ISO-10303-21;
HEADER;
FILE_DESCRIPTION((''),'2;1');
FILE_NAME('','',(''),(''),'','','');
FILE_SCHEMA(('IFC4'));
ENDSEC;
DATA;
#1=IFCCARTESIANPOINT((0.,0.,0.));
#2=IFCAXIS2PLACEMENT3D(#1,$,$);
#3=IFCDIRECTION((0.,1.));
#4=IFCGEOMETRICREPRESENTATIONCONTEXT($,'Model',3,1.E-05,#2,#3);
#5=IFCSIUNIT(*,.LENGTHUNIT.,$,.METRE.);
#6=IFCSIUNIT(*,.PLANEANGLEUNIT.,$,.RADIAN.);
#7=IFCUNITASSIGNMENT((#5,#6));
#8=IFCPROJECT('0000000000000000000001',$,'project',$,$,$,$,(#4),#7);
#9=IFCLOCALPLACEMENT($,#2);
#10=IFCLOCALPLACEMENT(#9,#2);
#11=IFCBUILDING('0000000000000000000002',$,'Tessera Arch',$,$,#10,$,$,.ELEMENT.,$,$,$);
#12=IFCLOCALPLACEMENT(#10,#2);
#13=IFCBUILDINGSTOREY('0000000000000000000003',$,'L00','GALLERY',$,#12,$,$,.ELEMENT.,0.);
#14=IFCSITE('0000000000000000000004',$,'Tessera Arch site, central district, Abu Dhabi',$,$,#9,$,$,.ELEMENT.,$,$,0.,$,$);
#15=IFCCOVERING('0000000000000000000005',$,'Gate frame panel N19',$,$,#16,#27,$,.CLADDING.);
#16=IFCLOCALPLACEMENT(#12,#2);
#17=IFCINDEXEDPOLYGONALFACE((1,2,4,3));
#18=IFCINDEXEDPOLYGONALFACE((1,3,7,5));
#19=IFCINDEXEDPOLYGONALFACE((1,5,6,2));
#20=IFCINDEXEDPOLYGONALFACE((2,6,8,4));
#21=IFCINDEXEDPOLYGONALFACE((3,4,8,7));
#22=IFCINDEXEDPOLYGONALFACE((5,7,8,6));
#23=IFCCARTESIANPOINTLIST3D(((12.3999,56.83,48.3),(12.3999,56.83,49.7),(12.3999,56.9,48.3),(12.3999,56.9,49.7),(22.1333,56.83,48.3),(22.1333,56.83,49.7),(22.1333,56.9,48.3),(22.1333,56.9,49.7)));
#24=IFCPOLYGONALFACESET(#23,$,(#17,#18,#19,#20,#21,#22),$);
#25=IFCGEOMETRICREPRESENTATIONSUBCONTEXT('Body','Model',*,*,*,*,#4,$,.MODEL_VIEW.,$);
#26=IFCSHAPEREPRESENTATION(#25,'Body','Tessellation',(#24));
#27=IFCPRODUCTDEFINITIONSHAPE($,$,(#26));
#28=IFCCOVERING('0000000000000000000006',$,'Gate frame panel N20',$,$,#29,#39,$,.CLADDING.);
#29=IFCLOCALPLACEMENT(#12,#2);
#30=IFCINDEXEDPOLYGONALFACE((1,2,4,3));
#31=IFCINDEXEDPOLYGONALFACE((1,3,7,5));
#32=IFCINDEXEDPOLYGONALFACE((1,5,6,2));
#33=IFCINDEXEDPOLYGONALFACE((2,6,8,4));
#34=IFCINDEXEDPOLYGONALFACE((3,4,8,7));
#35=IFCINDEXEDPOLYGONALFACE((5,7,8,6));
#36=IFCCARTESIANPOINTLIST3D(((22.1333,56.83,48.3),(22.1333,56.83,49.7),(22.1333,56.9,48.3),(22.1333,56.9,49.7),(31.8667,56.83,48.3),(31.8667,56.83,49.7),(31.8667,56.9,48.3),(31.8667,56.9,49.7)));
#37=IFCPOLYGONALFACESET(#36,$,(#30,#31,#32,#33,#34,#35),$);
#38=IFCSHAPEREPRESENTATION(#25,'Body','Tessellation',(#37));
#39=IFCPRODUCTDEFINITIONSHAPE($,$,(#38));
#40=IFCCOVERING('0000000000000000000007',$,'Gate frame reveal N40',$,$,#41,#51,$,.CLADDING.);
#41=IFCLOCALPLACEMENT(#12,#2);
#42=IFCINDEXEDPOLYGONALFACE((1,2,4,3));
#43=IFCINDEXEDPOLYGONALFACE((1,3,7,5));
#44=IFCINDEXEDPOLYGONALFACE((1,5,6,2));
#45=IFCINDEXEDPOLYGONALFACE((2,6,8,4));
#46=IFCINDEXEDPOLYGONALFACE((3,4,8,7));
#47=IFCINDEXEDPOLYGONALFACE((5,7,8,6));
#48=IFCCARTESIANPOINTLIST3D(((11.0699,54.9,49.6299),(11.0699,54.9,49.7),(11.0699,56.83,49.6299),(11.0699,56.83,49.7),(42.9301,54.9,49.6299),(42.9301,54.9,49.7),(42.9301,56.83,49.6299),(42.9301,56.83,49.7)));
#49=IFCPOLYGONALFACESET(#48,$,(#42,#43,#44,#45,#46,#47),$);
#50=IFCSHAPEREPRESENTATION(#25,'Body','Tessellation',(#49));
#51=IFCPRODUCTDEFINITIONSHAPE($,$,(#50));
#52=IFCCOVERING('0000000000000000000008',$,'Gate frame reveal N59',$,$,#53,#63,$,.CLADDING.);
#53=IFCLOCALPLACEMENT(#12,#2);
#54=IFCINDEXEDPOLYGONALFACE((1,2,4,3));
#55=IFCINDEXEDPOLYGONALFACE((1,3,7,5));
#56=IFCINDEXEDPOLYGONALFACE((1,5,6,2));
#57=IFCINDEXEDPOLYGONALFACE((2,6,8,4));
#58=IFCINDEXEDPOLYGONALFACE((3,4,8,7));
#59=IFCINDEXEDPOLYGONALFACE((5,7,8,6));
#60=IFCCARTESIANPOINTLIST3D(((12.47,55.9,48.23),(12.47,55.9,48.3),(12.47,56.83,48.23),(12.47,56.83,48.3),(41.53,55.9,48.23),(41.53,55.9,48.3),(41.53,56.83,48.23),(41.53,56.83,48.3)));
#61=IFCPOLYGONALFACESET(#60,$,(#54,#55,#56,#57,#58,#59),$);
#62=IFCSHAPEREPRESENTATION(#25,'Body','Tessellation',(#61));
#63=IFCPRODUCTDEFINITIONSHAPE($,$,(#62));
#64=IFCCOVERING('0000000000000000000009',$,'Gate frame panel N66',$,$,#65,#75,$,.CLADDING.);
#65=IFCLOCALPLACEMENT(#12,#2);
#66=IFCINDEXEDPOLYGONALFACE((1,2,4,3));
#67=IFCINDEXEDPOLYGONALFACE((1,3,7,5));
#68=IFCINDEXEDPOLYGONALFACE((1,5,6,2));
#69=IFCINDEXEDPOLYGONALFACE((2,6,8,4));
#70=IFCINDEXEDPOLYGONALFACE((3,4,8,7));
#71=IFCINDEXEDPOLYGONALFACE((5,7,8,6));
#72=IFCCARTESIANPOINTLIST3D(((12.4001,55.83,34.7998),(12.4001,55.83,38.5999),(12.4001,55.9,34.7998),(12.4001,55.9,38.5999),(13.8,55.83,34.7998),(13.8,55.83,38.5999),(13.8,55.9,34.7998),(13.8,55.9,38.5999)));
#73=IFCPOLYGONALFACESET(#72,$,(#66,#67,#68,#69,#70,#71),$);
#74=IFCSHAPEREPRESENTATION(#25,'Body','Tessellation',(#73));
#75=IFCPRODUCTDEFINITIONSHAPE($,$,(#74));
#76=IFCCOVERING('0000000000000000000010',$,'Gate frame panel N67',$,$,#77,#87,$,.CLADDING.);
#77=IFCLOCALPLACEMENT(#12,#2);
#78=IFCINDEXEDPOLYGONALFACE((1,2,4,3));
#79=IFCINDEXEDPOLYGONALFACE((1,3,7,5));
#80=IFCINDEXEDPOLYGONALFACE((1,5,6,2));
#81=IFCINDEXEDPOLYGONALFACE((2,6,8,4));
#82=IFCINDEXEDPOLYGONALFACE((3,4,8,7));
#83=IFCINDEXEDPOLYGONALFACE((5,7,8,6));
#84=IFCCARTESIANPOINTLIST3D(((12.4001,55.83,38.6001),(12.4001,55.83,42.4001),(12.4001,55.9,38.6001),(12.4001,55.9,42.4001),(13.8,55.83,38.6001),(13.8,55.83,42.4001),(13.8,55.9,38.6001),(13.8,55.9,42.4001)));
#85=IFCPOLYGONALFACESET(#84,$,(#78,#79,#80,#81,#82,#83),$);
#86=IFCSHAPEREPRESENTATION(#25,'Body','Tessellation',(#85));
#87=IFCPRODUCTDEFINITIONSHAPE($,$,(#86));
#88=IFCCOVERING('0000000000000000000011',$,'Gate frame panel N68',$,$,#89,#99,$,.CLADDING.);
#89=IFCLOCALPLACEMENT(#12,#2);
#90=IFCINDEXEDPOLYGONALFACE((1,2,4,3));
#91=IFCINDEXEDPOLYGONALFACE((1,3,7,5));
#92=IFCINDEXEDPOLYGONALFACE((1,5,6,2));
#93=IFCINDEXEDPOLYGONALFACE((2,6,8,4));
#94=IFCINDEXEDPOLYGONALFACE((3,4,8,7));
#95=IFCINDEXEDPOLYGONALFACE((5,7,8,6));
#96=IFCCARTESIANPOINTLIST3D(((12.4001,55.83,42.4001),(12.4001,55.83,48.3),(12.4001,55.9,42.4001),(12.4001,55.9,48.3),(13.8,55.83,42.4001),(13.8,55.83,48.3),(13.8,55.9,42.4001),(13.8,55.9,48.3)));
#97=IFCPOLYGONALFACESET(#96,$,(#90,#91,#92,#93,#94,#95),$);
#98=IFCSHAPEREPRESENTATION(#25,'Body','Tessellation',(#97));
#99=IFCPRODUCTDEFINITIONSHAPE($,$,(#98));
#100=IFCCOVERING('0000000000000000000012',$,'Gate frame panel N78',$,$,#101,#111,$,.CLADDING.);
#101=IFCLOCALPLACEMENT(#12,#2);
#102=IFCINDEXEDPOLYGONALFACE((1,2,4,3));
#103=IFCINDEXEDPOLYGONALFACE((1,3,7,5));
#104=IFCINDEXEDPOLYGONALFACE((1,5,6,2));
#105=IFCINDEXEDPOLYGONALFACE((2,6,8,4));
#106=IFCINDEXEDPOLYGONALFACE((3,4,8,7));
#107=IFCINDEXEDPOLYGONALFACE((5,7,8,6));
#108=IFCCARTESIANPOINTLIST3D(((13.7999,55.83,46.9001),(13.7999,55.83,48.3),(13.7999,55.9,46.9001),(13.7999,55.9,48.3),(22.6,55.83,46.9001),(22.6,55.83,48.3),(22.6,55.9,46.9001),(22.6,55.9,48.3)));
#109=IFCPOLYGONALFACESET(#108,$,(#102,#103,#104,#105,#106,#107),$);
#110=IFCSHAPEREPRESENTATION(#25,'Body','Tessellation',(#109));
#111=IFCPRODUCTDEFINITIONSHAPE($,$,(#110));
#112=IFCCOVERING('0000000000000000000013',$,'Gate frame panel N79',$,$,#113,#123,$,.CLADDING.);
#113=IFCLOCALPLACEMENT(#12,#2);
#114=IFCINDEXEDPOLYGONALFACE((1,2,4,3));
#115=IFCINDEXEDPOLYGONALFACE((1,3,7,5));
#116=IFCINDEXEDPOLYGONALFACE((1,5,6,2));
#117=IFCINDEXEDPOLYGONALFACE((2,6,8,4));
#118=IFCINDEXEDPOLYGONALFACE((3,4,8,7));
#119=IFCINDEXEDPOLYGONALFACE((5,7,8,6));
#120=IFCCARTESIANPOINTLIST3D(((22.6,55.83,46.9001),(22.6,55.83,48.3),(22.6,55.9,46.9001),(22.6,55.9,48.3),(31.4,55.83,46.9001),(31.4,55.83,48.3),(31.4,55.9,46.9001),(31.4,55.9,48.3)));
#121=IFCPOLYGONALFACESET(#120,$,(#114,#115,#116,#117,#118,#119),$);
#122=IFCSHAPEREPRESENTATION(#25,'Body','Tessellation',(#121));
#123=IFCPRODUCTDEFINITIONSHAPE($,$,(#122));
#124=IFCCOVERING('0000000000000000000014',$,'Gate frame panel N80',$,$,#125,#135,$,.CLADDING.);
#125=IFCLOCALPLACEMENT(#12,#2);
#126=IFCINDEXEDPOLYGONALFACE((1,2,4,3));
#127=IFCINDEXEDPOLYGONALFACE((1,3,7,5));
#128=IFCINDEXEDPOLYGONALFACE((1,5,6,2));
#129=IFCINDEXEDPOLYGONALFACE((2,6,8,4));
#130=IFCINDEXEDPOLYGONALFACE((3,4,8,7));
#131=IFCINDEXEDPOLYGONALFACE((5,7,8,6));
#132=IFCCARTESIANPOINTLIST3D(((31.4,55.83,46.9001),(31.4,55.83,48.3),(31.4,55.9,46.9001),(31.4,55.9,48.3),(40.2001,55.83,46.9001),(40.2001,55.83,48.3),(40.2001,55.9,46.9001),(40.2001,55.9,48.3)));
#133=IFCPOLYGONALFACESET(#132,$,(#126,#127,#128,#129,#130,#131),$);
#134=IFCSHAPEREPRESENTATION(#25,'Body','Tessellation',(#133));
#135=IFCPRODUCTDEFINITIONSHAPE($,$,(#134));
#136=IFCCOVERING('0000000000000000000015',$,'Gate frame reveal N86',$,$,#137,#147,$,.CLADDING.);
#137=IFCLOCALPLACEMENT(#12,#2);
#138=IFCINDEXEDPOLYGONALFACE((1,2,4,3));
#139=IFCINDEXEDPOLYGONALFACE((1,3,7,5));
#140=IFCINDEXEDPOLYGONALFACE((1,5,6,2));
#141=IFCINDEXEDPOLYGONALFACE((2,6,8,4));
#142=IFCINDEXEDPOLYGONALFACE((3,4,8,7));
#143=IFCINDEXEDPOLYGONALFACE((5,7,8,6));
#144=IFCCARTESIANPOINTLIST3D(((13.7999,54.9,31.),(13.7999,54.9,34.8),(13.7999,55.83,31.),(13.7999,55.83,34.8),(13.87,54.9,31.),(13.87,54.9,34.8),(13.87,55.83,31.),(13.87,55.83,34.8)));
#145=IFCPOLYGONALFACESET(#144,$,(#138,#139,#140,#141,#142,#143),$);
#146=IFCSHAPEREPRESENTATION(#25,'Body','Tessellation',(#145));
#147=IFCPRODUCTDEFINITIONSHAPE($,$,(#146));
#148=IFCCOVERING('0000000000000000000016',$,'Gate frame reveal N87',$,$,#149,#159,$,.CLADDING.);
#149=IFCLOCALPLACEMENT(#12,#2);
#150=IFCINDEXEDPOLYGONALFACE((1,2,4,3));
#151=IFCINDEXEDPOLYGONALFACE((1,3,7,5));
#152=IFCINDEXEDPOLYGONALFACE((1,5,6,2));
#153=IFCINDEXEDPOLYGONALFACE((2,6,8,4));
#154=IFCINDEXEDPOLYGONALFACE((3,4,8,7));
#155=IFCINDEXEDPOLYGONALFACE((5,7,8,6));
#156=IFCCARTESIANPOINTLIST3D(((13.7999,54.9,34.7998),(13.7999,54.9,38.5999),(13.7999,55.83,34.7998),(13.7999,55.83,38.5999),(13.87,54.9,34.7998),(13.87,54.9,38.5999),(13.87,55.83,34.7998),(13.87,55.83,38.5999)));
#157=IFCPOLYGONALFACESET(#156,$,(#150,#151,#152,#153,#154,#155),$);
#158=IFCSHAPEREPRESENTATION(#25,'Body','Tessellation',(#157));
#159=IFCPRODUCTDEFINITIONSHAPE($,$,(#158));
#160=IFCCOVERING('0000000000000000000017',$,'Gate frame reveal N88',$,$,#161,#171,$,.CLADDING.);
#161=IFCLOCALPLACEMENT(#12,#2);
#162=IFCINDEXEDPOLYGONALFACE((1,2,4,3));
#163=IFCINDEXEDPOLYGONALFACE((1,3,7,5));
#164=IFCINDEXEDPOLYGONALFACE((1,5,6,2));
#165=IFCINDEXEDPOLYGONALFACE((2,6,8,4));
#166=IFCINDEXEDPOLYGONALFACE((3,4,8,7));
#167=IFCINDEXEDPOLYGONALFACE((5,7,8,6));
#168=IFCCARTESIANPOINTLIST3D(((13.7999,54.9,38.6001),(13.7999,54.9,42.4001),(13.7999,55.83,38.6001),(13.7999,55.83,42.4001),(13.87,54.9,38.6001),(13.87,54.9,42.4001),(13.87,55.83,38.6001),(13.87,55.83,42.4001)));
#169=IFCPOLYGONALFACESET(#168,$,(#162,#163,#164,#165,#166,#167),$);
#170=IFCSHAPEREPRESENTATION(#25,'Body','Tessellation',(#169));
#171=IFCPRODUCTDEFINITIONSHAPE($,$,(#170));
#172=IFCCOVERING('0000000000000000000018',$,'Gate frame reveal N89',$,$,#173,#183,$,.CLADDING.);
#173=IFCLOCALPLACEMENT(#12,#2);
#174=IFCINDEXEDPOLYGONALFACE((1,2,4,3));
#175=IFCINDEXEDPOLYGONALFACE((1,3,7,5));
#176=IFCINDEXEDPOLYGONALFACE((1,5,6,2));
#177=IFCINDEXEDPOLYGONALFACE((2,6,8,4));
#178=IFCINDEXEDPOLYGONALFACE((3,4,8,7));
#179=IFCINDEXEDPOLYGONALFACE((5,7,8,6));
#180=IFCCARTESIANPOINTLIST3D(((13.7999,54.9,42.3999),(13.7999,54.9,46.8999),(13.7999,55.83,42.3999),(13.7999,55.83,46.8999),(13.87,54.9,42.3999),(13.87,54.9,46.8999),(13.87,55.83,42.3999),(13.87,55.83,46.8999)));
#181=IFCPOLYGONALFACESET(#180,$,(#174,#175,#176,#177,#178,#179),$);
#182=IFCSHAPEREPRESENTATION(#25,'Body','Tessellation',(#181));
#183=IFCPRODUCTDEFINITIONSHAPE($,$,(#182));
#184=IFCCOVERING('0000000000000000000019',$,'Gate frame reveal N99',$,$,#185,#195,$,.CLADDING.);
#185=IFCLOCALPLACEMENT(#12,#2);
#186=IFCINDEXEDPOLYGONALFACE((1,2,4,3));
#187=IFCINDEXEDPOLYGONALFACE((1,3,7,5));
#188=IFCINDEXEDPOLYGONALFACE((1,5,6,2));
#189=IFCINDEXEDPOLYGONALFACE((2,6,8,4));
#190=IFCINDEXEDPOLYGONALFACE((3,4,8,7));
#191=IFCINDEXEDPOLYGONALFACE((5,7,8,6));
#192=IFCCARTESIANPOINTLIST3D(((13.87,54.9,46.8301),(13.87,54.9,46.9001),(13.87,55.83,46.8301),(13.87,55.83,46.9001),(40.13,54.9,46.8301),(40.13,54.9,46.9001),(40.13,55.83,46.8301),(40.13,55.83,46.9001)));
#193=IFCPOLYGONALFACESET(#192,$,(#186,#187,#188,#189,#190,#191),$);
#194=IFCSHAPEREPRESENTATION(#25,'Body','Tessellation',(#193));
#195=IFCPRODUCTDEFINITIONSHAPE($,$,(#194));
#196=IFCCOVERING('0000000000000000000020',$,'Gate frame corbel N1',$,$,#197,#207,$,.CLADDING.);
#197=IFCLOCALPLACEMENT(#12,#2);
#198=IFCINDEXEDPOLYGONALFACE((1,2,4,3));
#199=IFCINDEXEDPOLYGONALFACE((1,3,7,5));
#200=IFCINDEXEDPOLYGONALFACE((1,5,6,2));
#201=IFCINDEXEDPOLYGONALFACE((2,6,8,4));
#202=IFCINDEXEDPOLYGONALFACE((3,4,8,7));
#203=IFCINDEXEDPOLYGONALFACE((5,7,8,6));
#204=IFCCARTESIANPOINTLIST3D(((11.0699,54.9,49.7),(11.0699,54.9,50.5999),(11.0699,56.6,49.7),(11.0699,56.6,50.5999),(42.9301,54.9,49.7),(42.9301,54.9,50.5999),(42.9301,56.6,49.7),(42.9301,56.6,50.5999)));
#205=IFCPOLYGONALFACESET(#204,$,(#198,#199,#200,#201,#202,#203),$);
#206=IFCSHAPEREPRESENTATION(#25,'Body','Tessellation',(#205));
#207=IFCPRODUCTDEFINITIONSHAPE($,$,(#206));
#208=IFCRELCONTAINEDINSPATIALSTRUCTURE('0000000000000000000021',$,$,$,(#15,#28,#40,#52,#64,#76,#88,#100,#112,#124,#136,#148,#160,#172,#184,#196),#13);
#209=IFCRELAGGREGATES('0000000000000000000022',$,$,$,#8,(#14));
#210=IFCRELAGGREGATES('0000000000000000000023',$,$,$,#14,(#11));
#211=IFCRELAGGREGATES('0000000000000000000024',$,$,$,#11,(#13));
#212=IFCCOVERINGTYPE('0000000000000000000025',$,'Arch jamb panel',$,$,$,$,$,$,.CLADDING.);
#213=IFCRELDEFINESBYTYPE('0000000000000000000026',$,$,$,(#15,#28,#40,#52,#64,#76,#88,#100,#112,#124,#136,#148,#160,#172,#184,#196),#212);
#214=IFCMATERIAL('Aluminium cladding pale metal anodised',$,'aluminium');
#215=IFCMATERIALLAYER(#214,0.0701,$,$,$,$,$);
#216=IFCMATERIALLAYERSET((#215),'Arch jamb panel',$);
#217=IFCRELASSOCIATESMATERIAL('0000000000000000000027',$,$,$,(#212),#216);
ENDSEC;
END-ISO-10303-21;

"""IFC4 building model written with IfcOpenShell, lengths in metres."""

from ifc_helpers import new_model, si_unit, direction, frame, origin, origin_2d, place, context, subcontext, project, spatial, rectangle, extrude, material, layer, layer_set, type_object, element, save


model = new_model("IFC4")

# Units and contexts
model_context = context("Model", 3, precision=1e-05, world=origin(), true_north=direction((0.0, 1.0)))
body_context = subcontext(model_context, "Body", "Model", "MODEL_VIEW")
ifc_project = project(units=[si_unit("LENGTHUNIT", "METRE"), si_unit("PLANEANGLEUNIT", "RADIAN")], contexts=[model_context])

# Site, building, storey
site_placement = place(None, origin())
site = spatial("IfcSite", under=ifc_project, at=site_placement, Name="Tessera Arch site, central district, Abu Dhabi", CompositionType="ELEMENT", RefElevation=0.0)
building_placement = place(site_placement, origin())
building = spatial("IfcBuilding", under=site, at=building_placement, Name="Tessera Arch", CompositionType="ELEMENT")
storey_placement = place(building_placement, origin())
storey = spatial("IfcBuildingStorey", under=building, at=storey_placement, Name="L00", Description="GALLERY", CompositionType="ELEMENT", Elevation=0.0)

# Coverings
ifc_material = material(Name="Aluminium cladding pale metal anodised", Category="aluminium")
ifc_layer = layer(ifc_material, 0.0701)
ifc_layer_set = layer_set([ifc_layer], Name="Arch jamb panel")
covering_type = type_object("IfcCoveringType", Name="Arch jamb panel", PredefinedType="CLADDING", material=ifc_layer_set)
for number, where, z_axis, x_axis, name in (
    (1, (17.2666, 56.865, 48.3), (0.0, 0.0, 1.0), (1.0, 0.0, 0.0), "Gate frame panel N19"),
    (2, (27.0, 56.865, 48.3), (0.0, 0.0, 1.0), (1.0, 0.0, 0.0), "Gate frame panel N20"),
):
    element("IfcCovering", number, at=place(storey_placement, frame(where, z_axis=z_axis, x_axis=x_axis)), inside=storey, type_object=covering_type, Name=name, PredefinedType="CLADDING", context=body_context, shape_type="SweptSolid", body=[
        extrude(rectangle(XDim=9.7334, YDim=0.0701, at=origin_2d()), origin(), (0.0, 0.0, 1.0), 1.3999),
    ])
covering_1_placement = place(storey_placement, frame((27.0, 55.865, 49.6299), z_axis=(0.0, 0.0, 1.0), x_axis=(1.0, 0.0, 0.0)))
element("IfcCovering", 3, at=covering_1_placement, inside=storey, type_object=covering_type, Name="Gate frame reveal N40", PredefinedType="CLADDING", context=body_context, shape_type="SweptSolid", body=[
    extrude(rectangle(XDim=31.8601, YDim=1.9299, at=origin_2d()), origin(), (0.0, 0.0, 1.0), 0.0701),
])
covering_2_placement = place(storey_placement, frame((27.0, 56.365, 48.23), z_axis=(0.0, 0.0, 1.0), x_axis=(1.0, 0.0, 0.0)))
element("IfcCovering", 4, at=covering_2_placement, inside=storey, type_object=covering_type, Name="Gate frame reveal N59", PredefinedType="CLADDING", context=body_context, shape_type="SweptSolid", body=[
    extrude(rectangle(XDim=29.0601, YDim=0.9299, at=origin_2d()), origin(), (0.0, 0.0, 1.0), 0.0701),
])
for number, where, z_axis, x_axis, name in (
    (5, (13.1001, 55.865, 34.7998), (0.0, 0.0, 1.0), (1.0, 0.0, 0.0), "Gate frame panel N66"),
    (6, (13.1001, 55.865, 38.6001), (0.0, 0.0, 1.0), (1.0, 0.0, 0.0), "Gate frame panel N67"),
):
    element("IfcCovering", number, at=place(storey_placement, frame(where, z_axis=z_axis, x_axis=x_axis)), inside=storey, type_object=covering_type, Name=name, PredefinedType="CLADDING", context=body_context, shape_type="SweptSolid", body=[
        extrude(rectangle(XDim=1.3999, YDim=0.0701, at=origin_2d()), origin(), (0.0, 0.0, 1.0), 3.8),
    ])
covering_3_placement = place(storey_placement, frame((13.1001, 55.865, 42.4001), z_axis=(0.0, 0.0, 1.0), x_axis=(1.0, 0.0, 0.0)))
element("IfcCovering", 7, at=covering_3_placement, inside=storey, type_object=covering_type, Name="Gate frame panel N68", PredefinedType="CLADDING", context=body_context, shape_type="SweptSolid", body=[
    extrude(rectangle(XDim=1.3999, YDim=0.0701, at=origin_2d()), origin(), (0.0, 0.0, 1.0), 5.8999),
])
for number, where, z_axis, x_axis, name in (
    (8, (18.2, 55.865, 46.9001), (0.0, 0.0, 1.0), (1.0, 0.0, 0.0), "Gate frame panel N78"),
    (9, (27.0, 55.865, 46.9001), (0.0, 0.0, 1.0), (1.0, 0.0, 0.0), "Gate frame panel N79"),
    (10, (35.8, 55.865, 46.9001), (0.0, 0.0, 1.0), (1.0, 0.0, 0.0), "Gate frame panel N80"),
):
    element("IfcCovering", number, at=place(storey_placement, frame(where, z_axis=z_axis, x_axis=x_axis)), inside=storey, type_object=covering_type, Name=name, PredefinedType="CLADDING", context=body_context, shape_type="SweptSolid", body=[
        extrude(rectangle(XDim=8.8, YDim=0.0701, at=origin_2d()), origin(), (0.0, 0.0, 1.0), 1.3999),
    ])
for number, where, z_axis, x_axis, name in (
    (11, (13.835, 55.365, 31.0), (0.0, 0.0, 1.0), (1.0, 0.0, 0.0), "Gate frame reveal N86"),
    (12, (13.835, 55.365, 34.7998), (0.0, 0.0, 1.0), (1.0, 0.0, 0.0), "Gate frame reveal N87"),
    (13, (13.835, 55.365, 38.6001), (0.0, 0.0, 1.0), (1.0, 0.0, 0.0), "Gate frame reveal N88"),
):
    element("IfcCovering", number, at=place(storey_placement, frame(where, z_axis=z_axis, x_axis=x_axis)), inside=storey, type_object=covering_type, Name=name, PredefinedType="CLADDING", context=body_context, shape_type="SweptSolid", body=[
        extrude(rectangle(XDim=0.0701, YDim=0.9299, at=origin_2d()), origin(), (0.0, 0.0, 1.0), 3.8),
    ])
covering_4_placement = place(storey_placement, frame((13.835, 55.365, 42.3999), z_axis=(0.0, 0.0, 1.0), x_axis=(1.0, 0.0, 0.0)))
element("IfcCovering", 14, at=covering_4_placement, inside=storey, type_object=covering_type, Name="Gate frame reveal N89", PredefinedType="CLADDING", context=body_context, shape_type="SweptSolid", body=[
    extrude(rectangle(XDim=0.0701, YDim=0.9299, at=origin_2d()), origin(), (0.0, 0.0, 1.0), 4.5),
])
covering_5_placement = place(storey_placement, frame((27.0, 55.365, 46.8301), z_axis=(0.0, 0.0, 1.0), x_axis=(1.0, 0.0, 0.0)))
element("IfcCovering", 15, at=covering_5_placement, inside=storey, type_object=covering_type, Name="Gate frame reveal N99", PredefinedType="CLADDING", context=body_context, shape_type="SweptSolid", body=[
    extrude(rectangle(XDim=26.26, YDim=0.9299, at=origin_2d()), origin(), (0.0, 0.0, 1.0), 0.0701),
])
covering_6_placement = place(storey_placement, frame((27.0, 55.75, 49.7), z_axis=(0.0, 0.0, 1.0), x_axis=(1.0, 0.0, 0.0)))
element("IfcCovering", 16, at=covering_6_placement, inside=storey, type_object=covering_type, Name="Gate frame corbel N1", PredefinedType="CLADDING", context=body_context, shape_type="SweptSolid", body=[
    extrude(rectangle(XDim=31.8601, YDim=1.7, at=origin_2d()), origin(), (0.0, 0.0, 1.0), 0.8999),
])

save(model, "model.ifc")
